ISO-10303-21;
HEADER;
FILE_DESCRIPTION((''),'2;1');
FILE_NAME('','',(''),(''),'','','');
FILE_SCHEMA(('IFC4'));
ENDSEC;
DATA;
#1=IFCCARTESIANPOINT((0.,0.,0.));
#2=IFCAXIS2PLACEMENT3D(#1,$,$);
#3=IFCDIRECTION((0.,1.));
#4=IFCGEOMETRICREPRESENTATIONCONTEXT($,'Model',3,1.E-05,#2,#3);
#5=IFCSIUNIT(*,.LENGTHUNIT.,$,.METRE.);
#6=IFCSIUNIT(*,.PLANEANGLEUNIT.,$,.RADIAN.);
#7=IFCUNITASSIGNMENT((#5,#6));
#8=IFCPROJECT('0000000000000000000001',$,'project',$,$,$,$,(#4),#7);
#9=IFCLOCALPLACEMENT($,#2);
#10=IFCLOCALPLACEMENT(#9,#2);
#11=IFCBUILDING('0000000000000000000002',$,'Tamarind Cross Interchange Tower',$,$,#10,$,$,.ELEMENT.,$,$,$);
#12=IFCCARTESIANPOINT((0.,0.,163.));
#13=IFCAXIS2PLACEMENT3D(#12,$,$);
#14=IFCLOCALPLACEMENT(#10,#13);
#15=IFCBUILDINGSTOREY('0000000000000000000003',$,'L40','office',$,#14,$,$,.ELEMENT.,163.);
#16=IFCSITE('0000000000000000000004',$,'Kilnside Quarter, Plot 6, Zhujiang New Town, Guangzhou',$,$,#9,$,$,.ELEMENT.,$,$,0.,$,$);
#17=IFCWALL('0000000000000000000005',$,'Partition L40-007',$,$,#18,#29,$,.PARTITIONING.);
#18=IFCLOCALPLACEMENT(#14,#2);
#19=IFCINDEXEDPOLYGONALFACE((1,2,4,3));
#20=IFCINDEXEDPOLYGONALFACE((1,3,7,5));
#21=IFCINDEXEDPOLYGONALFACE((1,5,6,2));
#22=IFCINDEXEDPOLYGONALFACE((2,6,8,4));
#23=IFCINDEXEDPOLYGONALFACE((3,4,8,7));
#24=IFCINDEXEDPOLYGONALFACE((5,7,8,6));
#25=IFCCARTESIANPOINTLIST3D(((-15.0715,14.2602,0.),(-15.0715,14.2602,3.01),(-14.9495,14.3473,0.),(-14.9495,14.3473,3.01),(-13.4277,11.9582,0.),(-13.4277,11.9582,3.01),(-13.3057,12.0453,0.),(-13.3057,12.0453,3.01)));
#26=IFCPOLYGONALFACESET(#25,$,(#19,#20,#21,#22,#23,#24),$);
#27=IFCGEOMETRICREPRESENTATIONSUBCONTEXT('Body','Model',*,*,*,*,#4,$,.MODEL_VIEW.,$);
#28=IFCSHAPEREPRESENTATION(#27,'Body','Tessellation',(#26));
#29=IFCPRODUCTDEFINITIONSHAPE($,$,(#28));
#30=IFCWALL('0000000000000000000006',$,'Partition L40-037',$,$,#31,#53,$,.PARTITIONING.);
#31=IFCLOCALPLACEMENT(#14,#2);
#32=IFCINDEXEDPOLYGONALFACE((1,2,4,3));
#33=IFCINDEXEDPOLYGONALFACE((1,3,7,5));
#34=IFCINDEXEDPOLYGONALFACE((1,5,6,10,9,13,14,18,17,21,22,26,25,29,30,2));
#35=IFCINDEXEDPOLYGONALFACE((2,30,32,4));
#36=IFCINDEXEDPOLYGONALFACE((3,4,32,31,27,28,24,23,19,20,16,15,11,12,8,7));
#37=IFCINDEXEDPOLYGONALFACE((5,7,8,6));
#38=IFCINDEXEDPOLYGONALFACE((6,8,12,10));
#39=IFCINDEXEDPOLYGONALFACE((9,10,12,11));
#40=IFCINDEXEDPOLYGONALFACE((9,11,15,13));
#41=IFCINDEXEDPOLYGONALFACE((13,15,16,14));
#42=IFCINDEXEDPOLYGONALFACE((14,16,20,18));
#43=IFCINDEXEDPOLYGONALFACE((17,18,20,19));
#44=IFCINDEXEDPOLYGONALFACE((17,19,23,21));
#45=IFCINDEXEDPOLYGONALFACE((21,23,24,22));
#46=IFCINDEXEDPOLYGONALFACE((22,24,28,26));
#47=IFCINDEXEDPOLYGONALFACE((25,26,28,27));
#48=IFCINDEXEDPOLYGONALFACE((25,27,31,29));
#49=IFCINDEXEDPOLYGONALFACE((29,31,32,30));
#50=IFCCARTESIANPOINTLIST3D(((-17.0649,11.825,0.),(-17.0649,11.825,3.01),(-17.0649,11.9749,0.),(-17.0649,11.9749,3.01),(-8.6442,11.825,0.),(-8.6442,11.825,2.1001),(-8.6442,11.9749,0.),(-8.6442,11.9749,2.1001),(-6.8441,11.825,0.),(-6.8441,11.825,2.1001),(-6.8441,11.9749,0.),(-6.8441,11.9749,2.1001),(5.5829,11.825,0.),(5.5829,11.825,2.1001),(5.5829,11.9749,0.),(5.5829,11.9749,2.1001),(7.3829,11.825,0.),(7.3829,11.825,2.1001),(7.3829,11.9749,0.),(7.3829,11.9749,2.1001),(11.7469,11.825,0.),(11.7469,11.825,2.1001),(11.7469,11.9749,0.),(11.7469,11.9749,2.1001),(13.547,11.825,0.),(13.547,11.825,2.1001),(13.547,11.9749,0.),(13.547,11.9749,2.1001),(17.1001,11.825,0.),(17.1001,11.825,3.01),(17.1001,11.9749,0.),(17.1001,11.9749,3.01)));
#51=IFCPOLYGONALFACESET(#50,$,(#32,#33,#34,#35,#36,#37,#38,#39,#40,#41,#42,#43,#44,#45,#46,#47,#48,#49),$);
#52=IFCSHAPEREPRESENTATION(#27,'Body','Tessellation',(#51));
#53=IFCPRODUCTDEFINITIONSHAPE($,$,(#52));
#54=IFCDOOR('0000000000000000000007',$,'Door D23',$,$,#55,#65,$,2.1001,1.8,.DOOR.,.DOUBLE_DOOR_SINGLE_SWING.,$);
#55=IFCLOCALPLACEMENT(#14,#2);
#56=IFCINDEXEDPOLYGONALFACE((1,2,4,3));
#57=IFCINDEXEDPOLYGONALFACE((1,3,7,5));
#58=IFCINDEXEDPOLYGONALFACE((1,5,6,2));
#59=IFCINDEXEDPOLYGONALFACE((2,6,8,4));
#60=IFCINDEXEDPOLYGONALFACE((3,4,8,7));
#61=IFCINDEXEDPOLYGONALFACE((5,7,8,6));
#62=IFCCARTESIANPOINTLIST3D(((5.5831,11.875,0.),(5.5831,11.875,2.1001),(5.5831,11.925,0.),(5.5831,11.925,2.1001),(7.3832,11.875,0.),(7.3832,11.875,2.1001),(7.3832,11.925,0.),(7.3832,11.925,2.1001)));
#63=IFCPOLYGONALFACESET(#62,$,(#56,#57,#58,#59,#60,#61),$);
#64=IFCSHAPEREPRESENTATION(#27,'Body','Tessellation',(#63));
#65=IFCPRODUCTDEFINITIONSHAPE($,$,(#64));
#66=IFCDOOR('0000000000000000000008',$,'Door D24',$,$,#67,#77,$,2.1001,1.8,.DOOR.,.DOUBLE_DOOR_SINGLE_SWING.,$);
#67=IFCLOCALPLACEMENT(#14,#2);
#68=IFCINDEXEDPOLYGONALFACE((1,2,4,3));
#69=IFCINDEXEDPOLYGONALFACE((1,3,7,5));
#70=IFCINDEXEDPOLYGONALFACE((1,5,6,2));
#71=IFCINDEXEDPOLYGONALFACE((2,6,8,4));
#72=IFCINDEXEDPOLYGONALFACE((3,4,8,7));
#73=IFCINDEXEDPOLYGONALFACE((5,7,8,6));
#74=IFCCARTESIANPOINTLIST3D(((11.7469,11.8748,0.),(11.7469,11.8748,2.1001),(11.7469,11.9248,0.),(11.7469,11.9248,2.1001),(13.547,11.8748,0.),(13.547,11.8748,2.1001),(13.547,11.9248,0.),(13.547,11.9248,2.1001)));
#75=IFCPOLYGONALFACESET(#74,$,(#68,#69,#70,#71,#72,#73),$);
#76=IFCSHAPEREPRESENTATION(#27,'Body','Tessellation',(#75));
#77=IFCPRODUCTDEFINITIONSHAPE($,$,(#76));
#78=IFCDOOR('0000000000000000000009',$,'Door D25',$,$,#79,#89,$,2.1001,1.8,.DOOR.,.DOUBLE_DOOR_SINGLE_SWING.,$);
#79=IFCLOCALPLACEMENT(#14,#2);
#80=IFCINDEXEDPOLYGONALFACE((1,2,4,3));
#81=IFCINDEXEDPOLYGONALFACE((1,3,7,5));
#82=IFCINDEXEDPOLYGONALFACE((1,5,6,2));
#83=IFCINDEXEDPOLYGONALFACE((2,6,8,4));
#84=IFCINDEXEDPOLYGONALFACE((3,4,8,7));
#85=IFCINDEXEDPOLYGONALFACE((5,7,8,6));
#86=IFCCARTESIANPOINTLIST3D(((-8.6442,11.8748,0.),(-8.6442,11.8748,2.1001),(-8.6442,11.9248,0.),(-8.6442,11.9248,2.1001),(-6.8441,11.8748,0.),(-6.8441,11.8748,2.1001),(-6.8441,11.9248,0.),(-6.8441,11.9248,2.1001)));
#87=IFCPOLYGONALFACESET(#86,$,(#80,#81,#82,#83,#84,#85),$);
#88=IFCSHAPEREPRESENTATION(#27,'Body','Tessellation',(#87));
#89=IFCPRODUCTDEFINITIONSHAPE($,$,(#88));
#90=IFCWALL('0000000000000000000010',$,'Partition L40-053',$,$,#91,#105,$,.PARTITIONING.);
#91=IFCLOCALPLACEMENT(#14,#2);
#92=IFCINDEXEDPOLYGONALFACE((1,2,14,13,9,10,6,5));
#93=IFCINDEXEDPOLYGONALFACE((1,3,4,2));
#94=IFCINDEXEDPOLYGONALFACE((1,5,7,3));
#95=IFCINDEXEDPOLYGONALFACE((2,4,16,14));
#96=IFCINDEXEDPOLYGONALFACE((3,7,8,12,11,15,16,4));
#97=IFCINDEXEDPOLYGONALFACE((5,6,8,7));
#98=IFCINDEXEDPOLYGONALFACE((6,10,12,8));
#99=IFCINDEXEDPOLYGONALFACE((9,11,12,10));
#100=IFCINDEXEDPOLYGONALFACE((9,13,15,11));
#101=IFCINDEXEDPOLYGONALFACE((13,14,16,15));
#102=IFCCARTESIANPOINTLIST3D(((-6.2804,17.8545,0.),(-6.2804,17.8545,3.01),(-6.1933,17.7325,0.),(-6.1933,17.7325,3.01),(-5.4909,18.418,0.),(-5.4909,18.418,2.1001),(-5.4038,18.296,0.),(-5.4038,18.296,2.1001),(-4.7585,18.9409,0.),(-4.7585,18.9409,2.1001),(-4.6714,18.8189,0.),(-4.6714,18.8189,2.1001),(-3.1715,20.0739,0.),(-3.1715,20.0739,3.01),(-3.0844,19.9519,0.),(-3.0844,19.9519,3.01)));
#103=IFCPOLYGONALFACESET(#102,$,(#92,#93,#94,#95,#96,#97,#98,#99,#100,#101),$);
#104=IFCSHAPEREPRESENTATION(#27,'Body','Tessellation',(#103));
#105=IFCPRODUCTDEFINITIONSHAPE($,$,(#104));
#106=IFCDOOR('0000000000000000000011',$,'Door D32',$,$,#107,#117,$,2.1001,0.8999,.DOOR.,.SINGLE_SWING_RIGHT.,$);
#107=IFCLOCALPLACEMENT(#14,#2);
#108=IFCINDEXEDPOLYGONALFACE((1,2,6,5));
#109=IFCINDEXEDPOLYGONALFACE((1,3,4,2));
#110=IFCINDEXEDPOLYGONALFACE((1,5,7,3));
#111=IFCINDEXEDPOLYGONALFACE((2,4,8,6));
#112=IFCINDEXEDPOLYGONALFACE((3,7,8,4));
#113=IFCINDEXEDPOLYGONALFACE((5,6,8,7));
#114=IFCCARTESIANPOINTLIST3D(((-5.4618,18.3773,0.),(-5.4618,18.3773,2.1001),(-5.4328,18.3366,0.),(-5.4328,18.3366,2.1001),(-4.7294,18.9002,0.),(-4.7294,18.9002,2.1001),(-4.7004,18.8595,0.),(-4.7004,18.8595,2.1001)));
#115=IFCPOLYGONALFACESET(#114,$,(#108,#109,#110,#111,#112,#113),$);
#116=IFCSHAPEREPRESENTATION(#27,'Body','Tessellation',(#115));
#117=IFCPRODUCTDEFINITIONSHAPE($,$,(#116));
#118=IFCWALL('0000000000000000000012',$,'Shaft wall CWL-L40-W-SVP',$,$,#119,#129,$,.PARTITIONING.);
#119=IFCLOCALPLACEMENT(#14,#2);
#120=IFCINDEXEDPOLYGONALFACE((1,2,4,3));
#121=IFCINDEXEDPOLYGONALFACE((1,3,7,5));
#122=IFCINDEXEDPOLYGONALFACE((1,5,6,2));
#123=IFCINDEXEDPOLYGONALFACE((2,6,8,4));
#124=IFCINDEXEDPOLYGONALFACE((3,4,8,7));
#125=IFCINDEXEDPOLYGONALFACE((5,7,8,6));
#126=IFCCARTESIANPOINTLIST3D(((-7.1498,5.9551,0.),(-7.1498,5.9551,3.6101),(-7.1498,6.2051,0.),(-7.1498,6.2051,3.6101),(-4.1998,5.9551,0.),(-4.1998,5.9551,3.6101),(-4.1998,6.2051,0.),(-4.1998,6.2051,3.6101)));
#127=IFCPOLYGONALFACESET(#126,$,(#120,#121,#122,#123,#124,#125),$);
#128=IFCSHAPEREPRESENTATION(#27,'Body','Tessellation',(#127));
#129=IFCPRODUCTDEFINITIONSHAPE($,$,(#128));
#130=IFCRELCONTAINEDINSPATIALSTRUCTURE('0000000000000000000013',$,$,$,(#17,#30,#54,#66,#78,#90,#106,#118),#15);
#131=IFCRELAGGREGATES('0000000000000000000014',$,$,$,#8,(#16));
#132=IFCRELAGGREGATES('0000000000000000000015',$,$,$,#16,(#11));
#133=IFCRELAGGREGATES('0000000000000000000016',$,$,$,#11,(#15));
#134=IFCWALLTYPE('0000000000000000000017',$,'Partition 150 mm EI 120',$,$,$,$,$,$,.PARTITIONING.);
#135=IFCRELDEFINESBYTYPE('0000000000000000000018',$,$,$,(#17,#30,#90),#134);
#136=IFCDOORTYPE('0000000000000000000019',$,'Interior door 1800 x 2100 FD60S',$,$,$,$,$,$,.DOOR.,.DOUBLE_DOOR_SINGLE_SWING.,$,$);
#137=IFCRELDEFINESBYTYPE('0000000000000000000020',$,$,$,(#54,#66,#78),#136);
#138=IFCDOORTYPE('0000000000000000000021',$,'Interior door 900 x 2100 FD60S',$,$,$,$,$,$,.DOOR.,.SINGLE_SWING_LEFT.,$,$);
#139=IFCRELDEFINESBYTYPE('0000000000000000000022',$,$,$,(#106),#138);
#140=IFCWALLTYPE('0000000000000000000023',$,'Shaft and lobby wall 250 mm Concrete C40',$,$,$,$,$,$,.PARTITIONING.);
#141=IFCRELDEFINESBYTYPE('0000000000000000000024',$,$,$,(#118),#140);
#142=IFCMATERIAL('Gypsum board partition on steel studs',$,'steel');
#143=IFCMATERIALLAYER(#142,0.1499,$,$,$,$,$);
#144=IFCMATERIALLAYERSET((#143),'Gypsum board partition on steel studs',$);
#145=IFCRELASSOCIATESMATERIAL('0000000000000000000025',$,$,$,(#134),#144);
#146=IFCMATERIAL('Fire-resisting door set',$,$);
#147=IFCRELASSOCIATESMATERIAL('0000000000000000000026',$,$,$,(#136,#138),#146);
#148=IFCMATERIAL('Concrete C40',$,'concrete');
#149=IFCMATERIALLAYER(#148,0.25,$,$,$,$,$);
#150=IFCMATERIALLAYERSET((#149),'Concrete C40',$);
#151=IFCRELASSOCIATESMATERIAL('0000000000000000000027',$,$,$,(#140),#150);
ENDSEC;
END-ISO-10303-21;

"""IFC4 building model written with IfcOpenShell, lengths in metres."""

from ifc_helpers import new_model, si_unit, direction, frame, frame_2d, origin, place, context, subcontext, project, spatial, rectangle, extrude, material, layer, layer_set, type_object, element, fill, save


model = new_model("IFC4")

# Units and contexts
model_context = context("Model", 3, precision=1e-05, world=origin(), true_north=direction((0.0, 1.0)))
body_context = subcontext(model_context, "Body", "Model", "MODEL_VIEW")
ifc_project = project(units=[si_unit("LENGTHUNIT", "METRE"), si_unit("PLANEANGLEUNIT", "RADIAN")], contexts=[model_context])

# Site, building, storey
site_placement = place(None, origin())
site = spatial("IfcSite", under=ifc_project, at=site_placement, Name="Kilnside Quarter, Plot 6, Zhujiang New Town, Guangzhou", CompositionType="ELEMENT", RefElevation=0.0)
building_placement = place(site_placement, origin())
building = spatial("IfcBuilding", under=site, at=building_placement, Name="Tamarind Cross Interchange Tower", CompositionType="ELEMENT")
storey_placement = place(building_placement, frame((0.0, 0.0, 163.0)))
storey = spatial("IfcBuildingStorey", under=building, at=storey_placement, Name="L40", Description="office", CompositionType="ELEMENT", Elevation=163.0)

# Wall
ifc_material_1 = material(Name="Gypsum board partition on steel studs", Category="steel")
ifc_layer_1 = layer(ifc_material_1, 0.1499)
ifc_layer_set_1 = layer_set([ifc_layer_1], Name="Gypsum board partition on steel studs")
wall_type_1 = type_object("IfcWallType", Name="Partition 150 mm EI 120", PredefinedType="PARTITIONING", material=ifc_layer_set_1)
wall_1_placement = place(storey_placement, frame((-15.0105, 14.3037, 0.0), z_axis=(0.0, 0.0, 1.0), x_axis=(0.581124, -0.813815, 0.0)))
element("IfcWall", 1, at=wall_1_placement, inside=storey, type_object=wall_type_1, Name="Partition L40-007", PredefinedType="PARTITIONING", context=body_context, shape_type="SweptSolid", body=[
    extrude(rectangle(XDim=2.8286, YDim=0.1499, at=frame_2d((1.4143, 0.0))), origin(), (0.0, 0.0, 1.0), 3.01),
])

# Wall, openings, doors
wall_2_placement = place(storey_placement, frame((-17.0649, 11.8999, 0.0), z_axis=(0.0, 0.0, 1.0), x_axis=(1.0, 0.0, 0.0)))
wall_2 = element("IfcWall", 2, at=wall_2_placement, inside=storey, type_object=wall_type_1, Name="Partition L40-037", PredefinedType="PARTITIONING", context=body_context, shape_type="SweptSolid", body=[
    extrude(rectangle(XDim=34.165, YDim=0.1499, at=frame_2d((17.0825, 0.0))), origin(), (0.0, 0.0, 1.0), 3.01),
])
opening_1_placement = place(wall_2_placement, frame((22.6479, 0.0, 0.0)))
opening_1 = element("IfcOpeningElement", 3, at=opening_1_placement, cuts=wall_2, PredefinedType="OPENING", context=body_context, shape_type="SweptSolid", body=[
    extrude(rectangle(XDim=1.8, YDim=2.1001, at=frame_2d((0.8999, 1.05))), frame((0.0, 0.085, 0.0), z_axis=(0.0, -1.0, 0.0), x_axis=(1.0, 0.0, 0.0)), (0.0, 0.0, 1.0), 0.1699),
])
opening_2_placement = place(wall_2_placement, frame((28.812, 0.0, 0.0)))
opening_2 = element("IfcOpeningElement", 4, at=opening_2_placement, cuts=wall_2, PredefinedType="OPENING", context=body_context, shape_type="SweptSolid", body=[
    extrude(rectangle(XDim=1.8, YDim=2.1001, at=frame_2d((0.8999, 1.05))), frame((0.0, 0.085, 0.0), z_axis=(0.0, -1.0, 0.0), x_axis=(1.0, 0.0, 0.0)), (0.0, 0.0, 1.0), 0.1699),
])
opening_3_placement = place(wall_2_placement, frame((8.4209, 0.0, 0.0)))
opening_3 = element("IfcOpeningElement", 5, at=opening_3_placement, cuts=wall_2, PredefinedType="OPENING", context=body_context, shape_type="SweptSolid", body=[
    extrude(rectangle(XDim=1.8, YDim=2.1001, at=frame_2d((0.8999, 1.05))), frame((0.0, 0.085, 0.0), z_axis=(0.0, -1.0, 0.0), x_axis=(1.0, 0.0, 0.0)), (0.0, 0.0, 1.0), 0.1699),
])
ifc_material_2 = material(Name="Fire-resisting door set")
door_type_1 = type_object("IfcDoorType", Name="Interior door 1800 x 2100 FD60S", OperationType="DOUBLE_DOOR_SINGLE_SWING", PredefinedType="DOOR", material=ifc_material_2)
door_1_placement = place(opening_1_placement, frame((1.8, 0.0, 0.0), z_axis=(0.0, 0.0, 1.0), x_axis=(-1.0, 0.0, 0.0)))
door_1 = element("IfcDoor", 6, at=door_1_placement, inside=storey, type_object=door_type_1, Name="Door D23", OperationType="DOUBLE_DOOR_SINGLE_SWING", OverallHeight=2.1001, OverallWidth=1.8, PredefinedType="DOOR", context=body_context, shape_type="SweptSolid", body=[
    extrude(rectangle(XDim=1.8, YDim=2.1001, at=frame_2d((0.8999, 1.05))), frame((0.0, 0.0249, 0.0), z_axis=(0.0, -1.0, 0.0), x_axis=(1.0, 0.0, 0.0)), (0.0, 0.0, 1.0), 0.05),
])
fill(opening_1, door_1)
door_2_placement = place(opening_2_placement, origin())
door_2 = element("IfcDoor", 7, at=door_2_placement, inside=storey, type_object=door_type_1, Name="Door D24", OperationType="DOUBLE_DOOR_SINGLE_SWING", OverallHeight=2.1001, OverallWidth=1.8, PredefinedType="DOOR", context=body_context, shape_type="SweptSolid", body=[
    extrude(rectangle(XDim=1.8, YDim=2.1001, at=frame_2d((0.8999, 1.05))), frame((0.0, 0.0249, 0.0), z_axis=(0.0, -1.0, 0.0), x_axis=(1.0, 0.0, 0.0)), (0.0, 0.0, 1.0), 0.05),
])
fill(opening_2, door_2)
door_3_placement = place(opening_3_placement, origin())
door_3 = element("IfcDoor", 8, at=door_3_placement, inside=storey, type_object=door_type_1, Name="Door D25", OperationType="DOUBLE_DOOR_SINGLE_SWING", OverallHeight=2.1001, OverallWidth=1.8, PredefinedType="DOOR", context=body_context, shape_type="SweptSolid", body=[
    extrude(rectangle(XDim=1.8, YDim=2.1001, at=frame_2d((0.8999, 1.05))), frame((0.0, 0.0249, 0.0), z_axis=(0.0, -1.0, 0.0), x_axis=(1.0, 0.0, 0.0)), (0.0, 0.0, 1.0), 0.05),
])
fill(opening_3, door_3)

# Wall, opening, door
wall_3_placement = place(storey_placement, frame((-6.2368, 17.7935, 0.0), z_axis=(0.0, 0.0, 1.0), x_axis=(0.813876, 0.581039, 0.0)))
wall_3 = element("IfcWall", 9, at=wall_3_placement, inside=storey, type_object=wall_type_1, Name="Partition L40-053", PredefinedType="PARTITIONING", context=body_context, shape_type="SweptSolid", body=[
    extrude(rectangle(XDim=3.8198, YDim=0.1499, at=frame_2d((1.9099, 0.0))), origin(), (0.0, 0.0, 1.0), 3.01),
])
opening_4_placement = place(wall_3_placement, frame((0.97, 0.0, 0.0)))
opening_4 = element("IfcOpeningElement", 10, at=opening_4_placement, cuts=wall_3, PredefinedType="OPENING", context=body_context, shape_type="SweptSolid", body=[
    extrude(rectangle(XDim=0.8999, YDim=2.1001, at=frame_2d((0.45, 1.05))), frame((0.0, 0.085, 0.0), z_axis=(0.0, -1.0, 0.0), x_axis=(1.0, 0.0, 0.0)), (0.0, 0.0, 1.0), 0.1699),
])
door_type_2 = type_object("IfcDoorType", Name="Interior door 900 x 2100 FD60S", OperationType="SINGLE_SWING_LEFT", PredefinedType="DOOR", material=ifc_material_2)
door_4_placement = place(opening_4_placement, origin())
door_4 = element("IfcDoor", 11, at=door_4_placement, inside=storey, type_object=door_type_2, Name="Door D32", OperationType="SINGLE_SWING_RIGHT", OverallHeight=2.1001, OverallWidth=0.8999, PredefinedType="DOOR", context=body_context, shape_type="SweptSolid", body=[
    extrude(rectangle(XDim=0.8999, YDim=2.1001, at=frame_2d((0.45, 1.05))), frame((0.0, 0.0249, 0.0), z_axis=(0.0, -1.0, 0.0), x_axis=(1.0, 0.0, 0.0)), (0.0, 0.0, 1.0), 0.05),
])
fill(opening_4, door_4)

# Wall
ifc_material_3 = material(Name="Concrete C40", Category="concrete")
ifc_layer_2 = layer(ifc_material_3, 0.25)
ifc_layer_set_2 = layer_set([ifc_layer_2], Name="Concrete C40")
wall_type_2 = type_object("IfcWallType", Name="Shaft and lobby wall 250 mm Concrete C40", PredefinedType="PARTITIONING", material=ifc_layer_set_2)
wall_4_placement = place(storey_placement, frame((-7.1499, 6.0801, 0.0), z_axis=(0.0, 0.0, 1.0), x_axis=(1.0, 0.0, 0.0)))
element("IfcWall", 12, at=wall_4_placement, inside=storey, type_object=wall_type_2, Name="Shaft wall CWL-L40-W-SVP", PredefinedType="PARTITIONING", context=body_context, shape_type="SweptSolid", body=[
    extrude(rectangle(XDim=2.95, YDim=0.25, at=frame_2d((1.4751, 0.0))), origin(), (0.0, 0.0, 1.0), 3.6101),
])

save(model, "model.ifc")
